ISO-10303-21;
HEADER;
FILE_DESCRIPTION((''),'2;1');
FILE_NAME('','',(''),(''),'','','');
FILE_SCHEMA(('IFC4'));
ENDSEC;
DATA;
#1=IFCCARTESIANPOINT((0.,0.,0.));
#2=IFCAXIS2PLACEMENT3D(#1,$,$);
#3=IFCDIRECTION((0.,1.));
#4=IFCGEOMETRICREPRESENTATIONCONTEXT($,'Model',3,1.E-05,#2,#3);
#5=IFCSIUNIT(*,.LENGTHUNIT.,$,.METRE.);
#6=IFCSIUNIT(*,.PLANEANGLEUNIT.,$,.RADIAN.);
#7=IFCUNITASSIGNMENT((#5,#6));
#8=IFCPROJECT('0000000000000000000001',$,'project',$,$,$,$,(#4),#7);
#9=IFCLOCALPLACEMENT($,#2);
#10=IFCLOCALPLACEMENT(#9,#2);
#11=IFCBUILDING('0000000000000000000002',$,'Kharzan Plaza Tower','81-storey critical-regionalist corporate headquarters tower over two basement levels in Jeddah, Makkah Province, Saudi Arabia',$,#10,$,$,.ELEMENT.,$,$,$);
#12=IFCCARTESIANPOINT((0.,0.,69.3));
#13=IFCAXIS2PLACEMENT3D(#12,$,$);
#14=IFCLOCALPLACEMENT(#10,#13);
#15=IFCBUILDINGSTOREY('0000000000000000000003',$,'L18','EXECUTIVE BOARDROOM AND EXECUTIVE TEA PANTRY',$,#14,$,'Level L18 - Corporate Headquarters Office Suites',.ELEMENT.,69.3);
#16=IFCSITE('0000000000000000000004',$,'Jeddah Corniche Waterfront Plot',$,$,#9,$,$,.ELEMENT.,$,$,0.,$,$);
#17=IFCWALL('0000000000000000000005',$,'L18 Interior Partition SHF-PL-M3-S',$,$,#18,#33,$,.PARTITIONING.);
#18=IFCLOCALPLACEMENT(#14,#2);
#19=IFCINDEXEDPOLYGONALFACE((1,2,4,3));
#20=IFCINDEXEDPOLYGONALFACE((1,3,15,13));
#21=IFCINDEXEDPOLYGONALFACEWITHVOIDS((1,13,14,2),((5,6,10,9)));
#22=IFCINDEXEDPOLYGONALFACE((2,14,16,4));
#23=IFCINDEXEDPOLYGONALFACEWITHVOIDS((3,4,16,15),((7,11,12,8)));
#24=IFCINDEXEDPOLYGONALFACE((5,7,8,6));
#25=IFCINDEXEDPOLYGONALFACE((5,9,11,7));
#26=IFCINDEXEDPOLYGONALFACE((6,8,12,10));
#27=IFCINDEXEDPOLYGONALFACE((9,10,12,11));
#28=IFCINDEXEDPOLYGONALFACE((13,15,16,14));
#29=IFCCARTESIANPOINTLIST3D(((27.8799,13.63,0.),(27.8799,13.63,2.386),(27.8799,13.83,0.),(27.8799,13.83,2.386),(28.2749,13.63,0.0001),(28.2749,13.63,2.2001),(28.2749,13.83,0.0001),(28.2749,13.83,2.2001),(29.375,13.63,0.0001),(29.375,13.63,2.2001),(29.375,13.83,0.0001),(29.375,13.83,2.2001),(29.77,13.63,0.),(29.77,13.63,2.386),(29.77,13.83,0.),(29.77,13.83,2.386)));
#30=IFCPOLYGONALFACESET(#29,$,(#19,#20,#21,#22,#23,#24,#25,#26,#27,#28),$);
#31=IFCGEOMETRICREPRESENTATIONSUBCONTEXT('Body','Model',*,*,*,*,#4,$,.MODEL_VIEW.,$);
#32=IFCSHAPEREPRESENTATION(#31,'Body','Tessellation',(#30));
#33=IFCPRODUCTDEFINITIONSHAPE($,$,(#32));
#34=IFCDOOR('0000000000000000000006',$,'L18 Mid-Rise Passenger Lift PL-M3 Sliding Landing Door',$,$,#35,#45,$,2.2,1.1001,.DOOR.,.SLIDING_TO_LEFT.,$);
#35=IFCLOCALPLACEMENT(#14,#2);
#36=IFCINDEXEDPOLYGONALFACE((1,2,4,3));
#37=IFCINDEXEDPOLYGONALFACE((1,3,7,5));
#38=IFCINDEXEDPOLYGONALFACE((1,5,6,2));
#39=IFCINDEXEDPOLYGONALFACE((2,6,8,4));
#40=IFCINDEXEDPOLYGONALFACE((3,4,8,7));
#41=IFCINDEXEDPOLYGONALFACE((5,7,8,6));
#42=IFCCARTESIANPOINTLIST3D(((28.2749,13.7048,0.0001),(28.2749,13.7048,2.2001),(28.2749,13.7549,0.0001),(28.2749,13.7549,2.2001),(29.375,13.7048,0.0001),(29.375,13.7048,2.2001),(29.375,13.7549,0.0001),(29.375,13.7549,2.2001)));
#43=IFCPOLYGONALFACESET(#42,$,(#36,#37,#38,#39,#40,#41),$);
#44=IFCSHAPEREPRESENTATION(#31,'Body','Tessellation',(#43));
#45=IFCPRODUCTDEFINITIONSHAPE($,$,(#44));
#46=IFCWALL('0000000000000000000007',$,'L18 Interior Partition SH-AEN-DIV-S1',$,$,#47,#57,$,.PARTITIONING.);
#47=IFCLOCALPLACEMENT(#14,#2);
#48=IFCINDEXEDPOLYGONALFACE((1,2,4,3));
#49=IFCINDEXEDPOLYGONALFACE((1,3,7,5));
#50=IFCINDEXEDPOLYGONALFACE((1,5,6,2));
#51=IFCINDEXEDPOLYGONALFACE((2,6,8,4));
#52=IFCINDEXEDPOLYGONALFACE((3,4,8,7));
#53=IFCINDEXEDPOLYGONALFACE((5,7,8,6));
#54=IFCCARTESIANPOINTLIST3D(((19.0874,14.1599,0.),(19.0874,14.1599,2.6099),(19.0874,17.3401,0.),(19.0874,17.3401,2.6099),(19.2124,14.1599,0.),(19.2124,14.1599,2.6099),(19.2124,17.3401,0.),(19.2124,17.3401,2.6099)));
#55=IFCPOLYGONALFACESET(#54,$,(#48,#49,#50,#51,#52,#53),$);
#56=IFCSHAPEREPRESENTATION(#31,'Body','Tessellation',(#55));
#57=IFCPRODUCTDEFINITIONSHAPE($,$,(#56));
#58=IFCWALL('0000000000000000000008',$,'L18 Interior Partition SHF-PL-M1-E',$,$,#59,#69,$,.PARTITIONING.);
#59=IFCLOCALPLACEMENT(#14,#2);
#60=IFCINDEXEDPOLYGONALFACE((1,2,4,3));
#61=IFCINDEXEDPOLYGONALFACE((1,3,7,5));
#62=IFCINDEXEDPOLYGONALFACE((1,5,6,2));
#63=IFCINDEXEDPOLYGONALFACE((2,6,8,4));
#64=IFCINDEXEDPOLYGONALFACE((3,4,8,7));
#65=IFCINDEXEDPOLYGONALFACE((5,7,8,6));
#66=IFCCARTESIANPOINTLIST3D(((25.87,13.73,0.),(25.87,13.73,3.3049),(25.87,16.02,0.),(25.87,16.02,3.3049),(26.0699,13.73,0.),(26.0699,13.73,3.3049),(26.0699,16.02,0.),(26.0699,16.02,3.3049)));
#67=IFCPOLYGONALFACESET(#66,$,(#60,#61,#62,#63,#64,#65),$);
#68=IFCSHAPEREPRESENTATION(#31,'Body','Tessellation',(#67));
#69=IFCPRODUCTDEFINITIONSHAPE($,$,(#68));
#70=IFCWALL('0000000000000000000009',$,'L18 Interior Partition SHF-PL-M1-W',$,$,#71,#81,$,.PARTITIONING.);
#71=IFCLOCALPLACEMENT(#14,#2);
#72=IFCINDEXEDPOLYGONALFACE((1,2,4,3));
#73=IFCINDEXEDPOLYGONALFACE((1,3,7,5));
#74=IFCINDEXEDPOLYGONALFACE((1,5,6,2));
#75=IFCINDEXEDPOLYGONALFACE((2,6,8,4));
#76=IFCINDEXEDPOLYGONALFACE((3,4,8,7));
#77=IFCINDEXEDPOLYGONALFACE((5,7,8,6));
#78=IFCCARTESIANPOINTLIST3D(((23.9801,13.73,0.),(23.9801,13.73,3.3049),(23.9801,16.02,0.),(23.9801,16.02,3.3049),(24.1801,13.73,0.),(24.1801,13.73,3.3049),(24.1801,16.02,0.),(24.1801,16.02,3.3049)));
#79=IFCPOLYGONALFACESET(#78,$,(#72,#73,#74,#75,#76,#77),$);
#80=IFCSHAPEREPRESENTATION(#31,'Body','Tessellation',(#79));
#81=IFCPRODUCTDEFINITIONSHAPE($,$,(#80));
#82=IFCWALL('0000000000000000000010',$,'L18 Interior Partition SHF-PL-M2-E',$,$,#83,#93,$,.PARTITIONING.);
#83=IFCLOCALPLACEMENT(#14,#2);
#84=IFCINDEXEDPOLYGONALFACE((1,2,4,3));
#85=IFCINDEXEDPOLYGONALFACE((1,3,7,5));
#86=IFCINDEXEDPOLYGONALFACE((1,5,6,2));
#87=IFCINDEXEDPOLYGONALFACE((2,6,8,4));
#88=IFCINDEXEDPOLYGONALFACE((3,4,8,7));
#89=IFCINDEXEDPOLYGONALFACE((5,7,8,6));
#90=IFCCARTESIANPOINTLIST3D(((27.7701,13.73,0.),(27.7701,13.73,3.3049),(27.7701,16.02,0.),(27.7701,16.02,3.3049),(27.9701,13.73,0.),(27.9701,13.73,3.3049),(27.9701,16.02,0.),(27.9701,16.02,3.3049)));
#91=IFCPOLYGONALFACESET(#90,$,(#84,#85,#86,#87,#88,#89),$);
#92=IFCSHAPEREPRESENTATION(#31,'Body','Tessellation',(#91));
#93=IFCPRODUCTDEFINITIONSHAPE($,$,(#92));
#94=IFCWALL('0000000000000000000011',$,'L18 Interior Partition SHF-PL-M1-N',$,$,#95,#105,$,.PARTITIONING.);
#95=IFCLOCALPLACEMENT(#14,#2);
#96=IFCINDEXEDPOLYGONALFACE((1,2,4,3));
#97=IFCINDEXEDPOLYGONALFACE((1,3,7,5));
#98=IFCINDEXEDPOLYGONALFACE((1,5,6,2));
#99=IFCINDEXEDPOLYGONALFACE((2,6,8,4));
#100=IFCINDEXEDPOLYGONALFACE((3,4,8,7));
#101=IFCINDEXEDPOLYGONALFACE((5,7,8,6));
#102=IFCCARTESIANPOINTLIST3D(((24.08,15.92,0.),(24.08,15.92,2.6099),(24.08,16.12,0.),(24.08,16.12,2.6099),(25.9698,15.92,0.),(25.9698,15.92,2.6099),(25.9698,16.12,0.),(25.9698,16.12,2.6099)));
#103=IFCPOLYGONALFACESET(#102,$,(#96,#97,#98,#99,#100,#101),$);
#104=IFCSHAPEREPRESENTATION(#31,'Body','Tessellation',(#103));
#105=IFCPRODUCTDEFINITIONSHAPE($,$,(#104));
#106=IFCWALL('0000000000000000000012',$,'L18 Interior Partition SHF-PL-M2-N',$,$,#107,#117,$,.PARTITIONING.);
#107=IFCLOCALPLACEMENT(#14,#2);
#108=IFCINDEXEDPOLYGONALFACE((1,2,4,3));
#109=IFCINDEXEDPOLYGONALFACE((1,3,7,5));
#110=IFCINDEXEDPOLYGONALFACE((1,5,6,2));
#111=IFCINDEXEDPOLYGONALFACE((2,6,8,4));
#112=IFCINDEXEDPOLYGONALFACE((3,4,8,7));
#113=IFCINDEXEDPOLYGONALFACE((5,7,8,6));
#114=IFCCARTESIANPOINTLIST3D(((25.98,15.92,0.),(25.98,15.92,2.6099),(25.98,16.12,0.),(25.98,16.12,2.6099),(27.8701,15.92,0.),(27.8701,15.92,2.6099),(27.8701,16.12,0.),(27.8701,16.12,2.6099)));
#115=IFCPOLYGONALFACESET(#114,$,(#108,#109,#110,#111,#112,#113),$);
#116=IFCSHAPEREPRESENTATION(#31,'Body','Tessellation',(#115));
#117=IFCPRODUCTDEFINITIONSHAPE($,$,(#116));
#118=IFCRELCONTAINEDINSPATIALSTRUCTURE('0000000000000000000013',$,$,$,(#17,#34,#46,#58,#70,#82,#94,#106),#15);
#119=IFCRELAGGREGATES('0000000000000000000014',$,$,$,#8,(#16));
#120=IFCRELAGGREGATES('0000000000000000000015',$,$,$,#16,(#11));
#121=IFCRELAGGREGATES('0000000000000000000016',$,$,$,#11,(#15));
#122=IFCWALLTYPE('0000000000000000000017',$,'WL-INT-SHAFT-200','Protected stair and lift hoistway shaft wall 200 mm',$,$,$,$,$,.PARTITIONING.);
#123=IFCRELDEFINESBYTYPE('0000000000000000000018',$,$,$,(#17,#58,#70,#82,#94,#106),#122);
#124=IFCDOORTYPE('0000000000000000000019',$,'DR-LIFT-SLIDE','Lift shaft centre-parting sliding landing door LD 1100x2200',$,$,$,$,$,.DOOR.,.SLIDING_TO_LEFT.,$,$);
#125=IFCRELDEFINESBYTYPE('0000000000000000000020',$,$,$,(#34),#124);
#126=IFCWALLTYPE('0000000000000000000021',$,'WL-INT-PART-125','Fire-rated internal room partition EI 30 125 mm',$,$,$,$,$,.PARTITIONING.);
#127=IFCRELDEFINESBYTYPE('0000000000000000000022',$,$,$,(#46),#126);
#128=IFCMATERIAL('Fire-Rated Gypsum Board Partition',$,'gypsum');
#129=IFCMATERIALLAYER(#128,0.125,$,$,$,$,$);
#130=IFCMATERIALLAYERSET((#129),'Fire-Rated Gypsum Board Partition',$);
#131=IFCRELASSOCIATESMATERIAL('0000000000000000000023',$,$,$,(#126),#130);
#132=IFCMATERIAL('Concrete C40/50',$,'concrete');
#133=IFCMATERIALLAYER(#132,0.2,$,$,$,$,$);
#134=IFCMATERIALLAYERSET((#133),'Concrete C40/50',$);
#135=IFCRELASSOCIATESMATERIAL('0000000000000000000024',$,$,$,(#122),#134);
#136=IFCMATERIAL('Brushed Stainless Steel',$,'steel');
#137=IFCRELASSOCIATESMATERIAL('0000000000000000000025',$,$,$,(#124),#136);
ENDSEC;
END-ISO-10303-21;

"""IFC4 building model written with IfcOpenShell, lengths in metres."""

from ifc_helpers import new_model, si_unit, direction, frame, frame_2d, origin, place, context, subcontext, project, spatial, rectangle, extrude, source, transform, mapped, material, layer, layer_set, type_object, element, fill, save


model = new_model("IFC4")

# Units and contexts
model_context = context("Model", 3, precision=1e-05, world=origin(), true_north=direction((0.0, 1.0)))
body_context = subcontext(model_context, "Body", "Model", "MODEL_VIEW")
ifc_project = project(units=[si_unit("LENGTHUNIT", "METRE"), si_unit("PLANEANGLEUNIT", "RADIAN")], contexts=[model_context])

# Site, building, storey
site_placement = place(None, origin())
site = spatial("IfcSite", under=ifc_project, at=site_placement, Name="Jeddah Corniche Waterfront Plot", CompositionType="ELEMENT", RefElevation=0.0)
building_placement = place(site_placement, origin())
building = spatial("IfcBuilding", under=site, at=building_placement, Name="Kharzan Plaza Tower", Description="81-storey critical-regionalist corporate headquarters tower over two basement levels in Jeddah, Makkah Province, Saudi Arabia", CompositionType="ELEMENT")
storey_placement = place(building_placement, frame((0.0, 0.0, 69.3)))
storey = spatial("IfcBuildingStorey", under=building, at=storey_placement, Name="L18", Description="EXECUTIVE BOARDROOM AND EXECUTIVE TEA PANTRY", LongName="Level L18 - Corporate Headquarters Office Suites", CompositionType="ELEMENT", Elevation=69.3)

# Wall, opening, door
ifc_material_1 = material(Name="Fire-Rated Gypsum Board Partition", Category="gypsum")
ifc_layer_1 = layer(ifc_material_1, 0.125)
ifc_layer_set_1 = layer_set([ifc_layer_1], Name="Fire-Rated Gypsum Board Partition")
wall_type_1 = type_object("IfcWallType", Name="WL-INT-PART-125", Description="Fire-rated internal room partition EI 30 125 mm", PredefinedType="PARTITIONING", material=ifc_layer_set_1)
ifc_material_2 = material(Name="Concrete C40/50", Category="concrete")
ifc_layer_2 = layer(ifc_material_2, 0.2)
ifc_layer_set_2 = layer_set([ifc_layer_2], Name="Concrete C40/50")
wall_type_2 = type_object("IfcWallType", Name="WL-INT-SHAFT-200", Description="Protected stair and lift hoistway shaft wall 200 mm", PredefinedType="PARTITIONING", material=ifc_layer_set_2)
ifc_material_3 = material(Name="Brushed Stainless Steel", Category="steel")
door_type_1 = type_object("IfcDoorType", Name="DR-LIFT-SLIDE", Description="Lift shaft centre-parting sliding landing door LD 1100x2200", OperationType="SLIDING_TO_LEFT", PredefinedType="DOOR", material=ifc_material_3)
shared_shape_1 = source(origin(), body_context, "Body", "SweptSolid", [
    extrude(rectangle(XDim=1.1001, YDim=2.2, at=frame_2d((0.55, 1.1001))), frame((0.0, 0.0249, 0.0), z_axis=(0.0, -1.0, 0.0), x_axis=(1.0, 0.0, 0.0)), (0.0, 0.0, 1.0), 0.05),
])
wall_1_placement = place(storey_placement, frame((27.8799, 13.73, 0.0), z_axis=(0.0, 0.0, 1.0), x_axis=(1.0, 0.0, 0.0)))
wall_1 = element("IfcWall", 1, at=wall_1_placement, inside=storey, type_object=wall_type_2, Name="L18 Interior Partition SHF-PL-M3-S", PredefinedType="PARTITIONING", context=body_context, shape_type="SweptSolid", body=[
    extrude(rectangle(XDim=1.8901, YDim=0.2, at=frame_2d((0.9451, 0.0))), origin(), (0.0, 0.0, 1.0), 2.386),
])
opening_1_placement = place(wall_1_placement, frame((0.395, 0.0, 0.0)))
opening_1 = element("IfcOpeningElement", 2, at=opening_1_placement, cuts=wall_1, PredefinedType="OPENING", context=body_context, shape_type="SweptSolid", body=[
    extrude(rectangle(XDim=1.1001, YDim=2.2, at=frame_2d((0.55, 1.1001))), frame((0.0, 0.1099, 0.0), z_axis=(0.0, -1.0, 0.0), x_axis=(1.0, 0.0, 0.0)), (0.0, 0.0, 1.0), 0.22),
])
door_1_placement = place(opening_1_placement, origin())
door_1 = element("IfcDoor", 3, at=door_1_placement, inside=storey, type_object=door_type_1, Name="L18 Mid-Rise Passenger Lift PL-M3 Sliding Landing Door", OperationType="SLIDING_TO_LEFT", OverallHeight=2.2, OverallWidth=1.1001, PredefinedType="DOOR", context=body_context, shape_type="MappedRepresentation", body=[
    mapped(shared_shape_1, transform((0.0, 0.0, 0.0), x_axis=(1.0, 0.0, 0.0), y_axis=(0.0, 1.0, 0.0), z_axis=(0.0, 0.0, 1.0))),
])
fill(opening_1, door_1)

# Walls
shared_shape_2 = source(origin(), body_context, "Body", "SweptSolid", [
    extrude(rectangle(XDim=3.1802, YDim=0.125, at=frame_2d((1.5901, 0.0))), origin(), (0.0, 0.0, 1.0), 2.6099),
])
wall_2_placement = place(storey_placement, frame((19.1499, 14.1599, 0.0), z_axis=(0.0, 0.0, 1.0), x_axis=(0.0, 1.0, 0.0)))
element("IfcWall", 4, at=wall_2_placement, inside=storey, type_object=wall_type_1, Name="L18 Interior Partition SH-AEN-DIV-S1", PredefinedType="PARTITIONING", context=body_context, shape_type="MappedRepresentation", body=[
    mapped(shared_shape_2, transform((0.0, 0.0, 0.0), x_axis=(1.0, 0.0, 0.0), y_axis=(0.0, 1.0, 0.0), z_axis=(0.0, 0.0, 1.0))),
])
shared_shape_3 = source(origin(), body_context, "Body", "SweptSolid", [
    extrude(rectangle(XDim=2.29, YDim=0.2, at=frame_2d((1.145, 0.0))), origin(), (0.0, 0.0, 1.0), 3.3049),
])
for number, where, z_axis, x_axis, name in (
    (5, (25.97, 13.73, 0.0), (0.0, 0.0, 1.0), (0.0, 1.0, 0.0), "L18 Interior Partition SHF-PL-M1-E"),
    (6, (24.0801, 13.73, 0.0), (0.0, 0.0, 1.0), (0.0, 1.0, 0.0), "L18 Interior Partition SHF-PL-M1-W"),
    (7, (27.8701, 13.73, 0.0), (0.0, 0.0, 1.0), (0.0, 1.0, 0.0), "L18 Interior Partition SHF-PL-M2-E"),
):
    element("IfcWall", number, at=place(storey_placement, frame(where, z_axis=z_axis, x_axis=x_axis)), inside=storey, type_object=wall_type_2, Name=name, PredefinedType="PARTITIONING", context=body_context, shape_type="MappedRepresentation", body=[
        mapped(shared_shape_3, transform((0.0, 0.0, 0.0), x_axis=(1.0, 0.0, 0.0), y_axis=(0.0, 1.0, 0.0), z_axis=(0.0, 0.0, 1.0))),
    ])
shared_shape_4 = source(origin(), body_context, "Body", "SweptSolid", [
    extrude(rectangle(XDim=1.8899, YDim=0.2, at=frame_2d((0.9448, 0.0))), origin(), (0.0, 0.0, 1.0), 2.6099),
])
wall_3_placement = place(storey_placement, frame((24.0801, 16.02, 0.0), z_axis=(0.0, 0.0, 1.0), x_axis=(1.0, 0.0, 0.0)))
element("IfcWall", 8, at=wall_3_placement, inside=storey, type_object=wall_type_2, Name="L18 Interior Partition SHF-PL-M1-N", PredefinedType="PARTITIONING", context=body_context, shape_type="MappedRepresentation", body=[
    mapped(shared_shape_4, transform((0.0, 0.0, 0.0), x_axis=(1.0, 0.0, 0.0), y_axis=(0.0, 1.0, 0.0), z_axis=(0.0, 0.0, 1.0))),
])
shared_shape_5 = source(origin(), body_context, "Body", "SweptSolid", [
    extrude(rectangle(XDim=1.8901, YDim=0.2, at=frame_2d((0.9451, 0.0))), origin(), (0.0, 0.0, 1.0), 2.6099),
])
wall_4_placement = place(storey_placement, frame((25.98, 16.02, 0.0), z_axis=(0.0, 0.0, 1.0), x_axis=(1.0, 0.0, 0.0)))
element("IfcWall", 9, at=wall_4_placement, inside=storey, type_object=wall_type_2, Name="L18 Interior Partition SHF-PL-M2-N", PredefinedType="PARTITIONING", context=body_context, shape_type="MappedRepresentation", body=[
    mapped(shared_shape_5, transform((0.0, 0.0, 0.0), x_axis=(1.0, 0.0, 0.0), y_axis=(0.0, 1.0, 0.0), z_axis=(0.0, 0.0, 1.0))),
])

save(model, "model.ifc")
